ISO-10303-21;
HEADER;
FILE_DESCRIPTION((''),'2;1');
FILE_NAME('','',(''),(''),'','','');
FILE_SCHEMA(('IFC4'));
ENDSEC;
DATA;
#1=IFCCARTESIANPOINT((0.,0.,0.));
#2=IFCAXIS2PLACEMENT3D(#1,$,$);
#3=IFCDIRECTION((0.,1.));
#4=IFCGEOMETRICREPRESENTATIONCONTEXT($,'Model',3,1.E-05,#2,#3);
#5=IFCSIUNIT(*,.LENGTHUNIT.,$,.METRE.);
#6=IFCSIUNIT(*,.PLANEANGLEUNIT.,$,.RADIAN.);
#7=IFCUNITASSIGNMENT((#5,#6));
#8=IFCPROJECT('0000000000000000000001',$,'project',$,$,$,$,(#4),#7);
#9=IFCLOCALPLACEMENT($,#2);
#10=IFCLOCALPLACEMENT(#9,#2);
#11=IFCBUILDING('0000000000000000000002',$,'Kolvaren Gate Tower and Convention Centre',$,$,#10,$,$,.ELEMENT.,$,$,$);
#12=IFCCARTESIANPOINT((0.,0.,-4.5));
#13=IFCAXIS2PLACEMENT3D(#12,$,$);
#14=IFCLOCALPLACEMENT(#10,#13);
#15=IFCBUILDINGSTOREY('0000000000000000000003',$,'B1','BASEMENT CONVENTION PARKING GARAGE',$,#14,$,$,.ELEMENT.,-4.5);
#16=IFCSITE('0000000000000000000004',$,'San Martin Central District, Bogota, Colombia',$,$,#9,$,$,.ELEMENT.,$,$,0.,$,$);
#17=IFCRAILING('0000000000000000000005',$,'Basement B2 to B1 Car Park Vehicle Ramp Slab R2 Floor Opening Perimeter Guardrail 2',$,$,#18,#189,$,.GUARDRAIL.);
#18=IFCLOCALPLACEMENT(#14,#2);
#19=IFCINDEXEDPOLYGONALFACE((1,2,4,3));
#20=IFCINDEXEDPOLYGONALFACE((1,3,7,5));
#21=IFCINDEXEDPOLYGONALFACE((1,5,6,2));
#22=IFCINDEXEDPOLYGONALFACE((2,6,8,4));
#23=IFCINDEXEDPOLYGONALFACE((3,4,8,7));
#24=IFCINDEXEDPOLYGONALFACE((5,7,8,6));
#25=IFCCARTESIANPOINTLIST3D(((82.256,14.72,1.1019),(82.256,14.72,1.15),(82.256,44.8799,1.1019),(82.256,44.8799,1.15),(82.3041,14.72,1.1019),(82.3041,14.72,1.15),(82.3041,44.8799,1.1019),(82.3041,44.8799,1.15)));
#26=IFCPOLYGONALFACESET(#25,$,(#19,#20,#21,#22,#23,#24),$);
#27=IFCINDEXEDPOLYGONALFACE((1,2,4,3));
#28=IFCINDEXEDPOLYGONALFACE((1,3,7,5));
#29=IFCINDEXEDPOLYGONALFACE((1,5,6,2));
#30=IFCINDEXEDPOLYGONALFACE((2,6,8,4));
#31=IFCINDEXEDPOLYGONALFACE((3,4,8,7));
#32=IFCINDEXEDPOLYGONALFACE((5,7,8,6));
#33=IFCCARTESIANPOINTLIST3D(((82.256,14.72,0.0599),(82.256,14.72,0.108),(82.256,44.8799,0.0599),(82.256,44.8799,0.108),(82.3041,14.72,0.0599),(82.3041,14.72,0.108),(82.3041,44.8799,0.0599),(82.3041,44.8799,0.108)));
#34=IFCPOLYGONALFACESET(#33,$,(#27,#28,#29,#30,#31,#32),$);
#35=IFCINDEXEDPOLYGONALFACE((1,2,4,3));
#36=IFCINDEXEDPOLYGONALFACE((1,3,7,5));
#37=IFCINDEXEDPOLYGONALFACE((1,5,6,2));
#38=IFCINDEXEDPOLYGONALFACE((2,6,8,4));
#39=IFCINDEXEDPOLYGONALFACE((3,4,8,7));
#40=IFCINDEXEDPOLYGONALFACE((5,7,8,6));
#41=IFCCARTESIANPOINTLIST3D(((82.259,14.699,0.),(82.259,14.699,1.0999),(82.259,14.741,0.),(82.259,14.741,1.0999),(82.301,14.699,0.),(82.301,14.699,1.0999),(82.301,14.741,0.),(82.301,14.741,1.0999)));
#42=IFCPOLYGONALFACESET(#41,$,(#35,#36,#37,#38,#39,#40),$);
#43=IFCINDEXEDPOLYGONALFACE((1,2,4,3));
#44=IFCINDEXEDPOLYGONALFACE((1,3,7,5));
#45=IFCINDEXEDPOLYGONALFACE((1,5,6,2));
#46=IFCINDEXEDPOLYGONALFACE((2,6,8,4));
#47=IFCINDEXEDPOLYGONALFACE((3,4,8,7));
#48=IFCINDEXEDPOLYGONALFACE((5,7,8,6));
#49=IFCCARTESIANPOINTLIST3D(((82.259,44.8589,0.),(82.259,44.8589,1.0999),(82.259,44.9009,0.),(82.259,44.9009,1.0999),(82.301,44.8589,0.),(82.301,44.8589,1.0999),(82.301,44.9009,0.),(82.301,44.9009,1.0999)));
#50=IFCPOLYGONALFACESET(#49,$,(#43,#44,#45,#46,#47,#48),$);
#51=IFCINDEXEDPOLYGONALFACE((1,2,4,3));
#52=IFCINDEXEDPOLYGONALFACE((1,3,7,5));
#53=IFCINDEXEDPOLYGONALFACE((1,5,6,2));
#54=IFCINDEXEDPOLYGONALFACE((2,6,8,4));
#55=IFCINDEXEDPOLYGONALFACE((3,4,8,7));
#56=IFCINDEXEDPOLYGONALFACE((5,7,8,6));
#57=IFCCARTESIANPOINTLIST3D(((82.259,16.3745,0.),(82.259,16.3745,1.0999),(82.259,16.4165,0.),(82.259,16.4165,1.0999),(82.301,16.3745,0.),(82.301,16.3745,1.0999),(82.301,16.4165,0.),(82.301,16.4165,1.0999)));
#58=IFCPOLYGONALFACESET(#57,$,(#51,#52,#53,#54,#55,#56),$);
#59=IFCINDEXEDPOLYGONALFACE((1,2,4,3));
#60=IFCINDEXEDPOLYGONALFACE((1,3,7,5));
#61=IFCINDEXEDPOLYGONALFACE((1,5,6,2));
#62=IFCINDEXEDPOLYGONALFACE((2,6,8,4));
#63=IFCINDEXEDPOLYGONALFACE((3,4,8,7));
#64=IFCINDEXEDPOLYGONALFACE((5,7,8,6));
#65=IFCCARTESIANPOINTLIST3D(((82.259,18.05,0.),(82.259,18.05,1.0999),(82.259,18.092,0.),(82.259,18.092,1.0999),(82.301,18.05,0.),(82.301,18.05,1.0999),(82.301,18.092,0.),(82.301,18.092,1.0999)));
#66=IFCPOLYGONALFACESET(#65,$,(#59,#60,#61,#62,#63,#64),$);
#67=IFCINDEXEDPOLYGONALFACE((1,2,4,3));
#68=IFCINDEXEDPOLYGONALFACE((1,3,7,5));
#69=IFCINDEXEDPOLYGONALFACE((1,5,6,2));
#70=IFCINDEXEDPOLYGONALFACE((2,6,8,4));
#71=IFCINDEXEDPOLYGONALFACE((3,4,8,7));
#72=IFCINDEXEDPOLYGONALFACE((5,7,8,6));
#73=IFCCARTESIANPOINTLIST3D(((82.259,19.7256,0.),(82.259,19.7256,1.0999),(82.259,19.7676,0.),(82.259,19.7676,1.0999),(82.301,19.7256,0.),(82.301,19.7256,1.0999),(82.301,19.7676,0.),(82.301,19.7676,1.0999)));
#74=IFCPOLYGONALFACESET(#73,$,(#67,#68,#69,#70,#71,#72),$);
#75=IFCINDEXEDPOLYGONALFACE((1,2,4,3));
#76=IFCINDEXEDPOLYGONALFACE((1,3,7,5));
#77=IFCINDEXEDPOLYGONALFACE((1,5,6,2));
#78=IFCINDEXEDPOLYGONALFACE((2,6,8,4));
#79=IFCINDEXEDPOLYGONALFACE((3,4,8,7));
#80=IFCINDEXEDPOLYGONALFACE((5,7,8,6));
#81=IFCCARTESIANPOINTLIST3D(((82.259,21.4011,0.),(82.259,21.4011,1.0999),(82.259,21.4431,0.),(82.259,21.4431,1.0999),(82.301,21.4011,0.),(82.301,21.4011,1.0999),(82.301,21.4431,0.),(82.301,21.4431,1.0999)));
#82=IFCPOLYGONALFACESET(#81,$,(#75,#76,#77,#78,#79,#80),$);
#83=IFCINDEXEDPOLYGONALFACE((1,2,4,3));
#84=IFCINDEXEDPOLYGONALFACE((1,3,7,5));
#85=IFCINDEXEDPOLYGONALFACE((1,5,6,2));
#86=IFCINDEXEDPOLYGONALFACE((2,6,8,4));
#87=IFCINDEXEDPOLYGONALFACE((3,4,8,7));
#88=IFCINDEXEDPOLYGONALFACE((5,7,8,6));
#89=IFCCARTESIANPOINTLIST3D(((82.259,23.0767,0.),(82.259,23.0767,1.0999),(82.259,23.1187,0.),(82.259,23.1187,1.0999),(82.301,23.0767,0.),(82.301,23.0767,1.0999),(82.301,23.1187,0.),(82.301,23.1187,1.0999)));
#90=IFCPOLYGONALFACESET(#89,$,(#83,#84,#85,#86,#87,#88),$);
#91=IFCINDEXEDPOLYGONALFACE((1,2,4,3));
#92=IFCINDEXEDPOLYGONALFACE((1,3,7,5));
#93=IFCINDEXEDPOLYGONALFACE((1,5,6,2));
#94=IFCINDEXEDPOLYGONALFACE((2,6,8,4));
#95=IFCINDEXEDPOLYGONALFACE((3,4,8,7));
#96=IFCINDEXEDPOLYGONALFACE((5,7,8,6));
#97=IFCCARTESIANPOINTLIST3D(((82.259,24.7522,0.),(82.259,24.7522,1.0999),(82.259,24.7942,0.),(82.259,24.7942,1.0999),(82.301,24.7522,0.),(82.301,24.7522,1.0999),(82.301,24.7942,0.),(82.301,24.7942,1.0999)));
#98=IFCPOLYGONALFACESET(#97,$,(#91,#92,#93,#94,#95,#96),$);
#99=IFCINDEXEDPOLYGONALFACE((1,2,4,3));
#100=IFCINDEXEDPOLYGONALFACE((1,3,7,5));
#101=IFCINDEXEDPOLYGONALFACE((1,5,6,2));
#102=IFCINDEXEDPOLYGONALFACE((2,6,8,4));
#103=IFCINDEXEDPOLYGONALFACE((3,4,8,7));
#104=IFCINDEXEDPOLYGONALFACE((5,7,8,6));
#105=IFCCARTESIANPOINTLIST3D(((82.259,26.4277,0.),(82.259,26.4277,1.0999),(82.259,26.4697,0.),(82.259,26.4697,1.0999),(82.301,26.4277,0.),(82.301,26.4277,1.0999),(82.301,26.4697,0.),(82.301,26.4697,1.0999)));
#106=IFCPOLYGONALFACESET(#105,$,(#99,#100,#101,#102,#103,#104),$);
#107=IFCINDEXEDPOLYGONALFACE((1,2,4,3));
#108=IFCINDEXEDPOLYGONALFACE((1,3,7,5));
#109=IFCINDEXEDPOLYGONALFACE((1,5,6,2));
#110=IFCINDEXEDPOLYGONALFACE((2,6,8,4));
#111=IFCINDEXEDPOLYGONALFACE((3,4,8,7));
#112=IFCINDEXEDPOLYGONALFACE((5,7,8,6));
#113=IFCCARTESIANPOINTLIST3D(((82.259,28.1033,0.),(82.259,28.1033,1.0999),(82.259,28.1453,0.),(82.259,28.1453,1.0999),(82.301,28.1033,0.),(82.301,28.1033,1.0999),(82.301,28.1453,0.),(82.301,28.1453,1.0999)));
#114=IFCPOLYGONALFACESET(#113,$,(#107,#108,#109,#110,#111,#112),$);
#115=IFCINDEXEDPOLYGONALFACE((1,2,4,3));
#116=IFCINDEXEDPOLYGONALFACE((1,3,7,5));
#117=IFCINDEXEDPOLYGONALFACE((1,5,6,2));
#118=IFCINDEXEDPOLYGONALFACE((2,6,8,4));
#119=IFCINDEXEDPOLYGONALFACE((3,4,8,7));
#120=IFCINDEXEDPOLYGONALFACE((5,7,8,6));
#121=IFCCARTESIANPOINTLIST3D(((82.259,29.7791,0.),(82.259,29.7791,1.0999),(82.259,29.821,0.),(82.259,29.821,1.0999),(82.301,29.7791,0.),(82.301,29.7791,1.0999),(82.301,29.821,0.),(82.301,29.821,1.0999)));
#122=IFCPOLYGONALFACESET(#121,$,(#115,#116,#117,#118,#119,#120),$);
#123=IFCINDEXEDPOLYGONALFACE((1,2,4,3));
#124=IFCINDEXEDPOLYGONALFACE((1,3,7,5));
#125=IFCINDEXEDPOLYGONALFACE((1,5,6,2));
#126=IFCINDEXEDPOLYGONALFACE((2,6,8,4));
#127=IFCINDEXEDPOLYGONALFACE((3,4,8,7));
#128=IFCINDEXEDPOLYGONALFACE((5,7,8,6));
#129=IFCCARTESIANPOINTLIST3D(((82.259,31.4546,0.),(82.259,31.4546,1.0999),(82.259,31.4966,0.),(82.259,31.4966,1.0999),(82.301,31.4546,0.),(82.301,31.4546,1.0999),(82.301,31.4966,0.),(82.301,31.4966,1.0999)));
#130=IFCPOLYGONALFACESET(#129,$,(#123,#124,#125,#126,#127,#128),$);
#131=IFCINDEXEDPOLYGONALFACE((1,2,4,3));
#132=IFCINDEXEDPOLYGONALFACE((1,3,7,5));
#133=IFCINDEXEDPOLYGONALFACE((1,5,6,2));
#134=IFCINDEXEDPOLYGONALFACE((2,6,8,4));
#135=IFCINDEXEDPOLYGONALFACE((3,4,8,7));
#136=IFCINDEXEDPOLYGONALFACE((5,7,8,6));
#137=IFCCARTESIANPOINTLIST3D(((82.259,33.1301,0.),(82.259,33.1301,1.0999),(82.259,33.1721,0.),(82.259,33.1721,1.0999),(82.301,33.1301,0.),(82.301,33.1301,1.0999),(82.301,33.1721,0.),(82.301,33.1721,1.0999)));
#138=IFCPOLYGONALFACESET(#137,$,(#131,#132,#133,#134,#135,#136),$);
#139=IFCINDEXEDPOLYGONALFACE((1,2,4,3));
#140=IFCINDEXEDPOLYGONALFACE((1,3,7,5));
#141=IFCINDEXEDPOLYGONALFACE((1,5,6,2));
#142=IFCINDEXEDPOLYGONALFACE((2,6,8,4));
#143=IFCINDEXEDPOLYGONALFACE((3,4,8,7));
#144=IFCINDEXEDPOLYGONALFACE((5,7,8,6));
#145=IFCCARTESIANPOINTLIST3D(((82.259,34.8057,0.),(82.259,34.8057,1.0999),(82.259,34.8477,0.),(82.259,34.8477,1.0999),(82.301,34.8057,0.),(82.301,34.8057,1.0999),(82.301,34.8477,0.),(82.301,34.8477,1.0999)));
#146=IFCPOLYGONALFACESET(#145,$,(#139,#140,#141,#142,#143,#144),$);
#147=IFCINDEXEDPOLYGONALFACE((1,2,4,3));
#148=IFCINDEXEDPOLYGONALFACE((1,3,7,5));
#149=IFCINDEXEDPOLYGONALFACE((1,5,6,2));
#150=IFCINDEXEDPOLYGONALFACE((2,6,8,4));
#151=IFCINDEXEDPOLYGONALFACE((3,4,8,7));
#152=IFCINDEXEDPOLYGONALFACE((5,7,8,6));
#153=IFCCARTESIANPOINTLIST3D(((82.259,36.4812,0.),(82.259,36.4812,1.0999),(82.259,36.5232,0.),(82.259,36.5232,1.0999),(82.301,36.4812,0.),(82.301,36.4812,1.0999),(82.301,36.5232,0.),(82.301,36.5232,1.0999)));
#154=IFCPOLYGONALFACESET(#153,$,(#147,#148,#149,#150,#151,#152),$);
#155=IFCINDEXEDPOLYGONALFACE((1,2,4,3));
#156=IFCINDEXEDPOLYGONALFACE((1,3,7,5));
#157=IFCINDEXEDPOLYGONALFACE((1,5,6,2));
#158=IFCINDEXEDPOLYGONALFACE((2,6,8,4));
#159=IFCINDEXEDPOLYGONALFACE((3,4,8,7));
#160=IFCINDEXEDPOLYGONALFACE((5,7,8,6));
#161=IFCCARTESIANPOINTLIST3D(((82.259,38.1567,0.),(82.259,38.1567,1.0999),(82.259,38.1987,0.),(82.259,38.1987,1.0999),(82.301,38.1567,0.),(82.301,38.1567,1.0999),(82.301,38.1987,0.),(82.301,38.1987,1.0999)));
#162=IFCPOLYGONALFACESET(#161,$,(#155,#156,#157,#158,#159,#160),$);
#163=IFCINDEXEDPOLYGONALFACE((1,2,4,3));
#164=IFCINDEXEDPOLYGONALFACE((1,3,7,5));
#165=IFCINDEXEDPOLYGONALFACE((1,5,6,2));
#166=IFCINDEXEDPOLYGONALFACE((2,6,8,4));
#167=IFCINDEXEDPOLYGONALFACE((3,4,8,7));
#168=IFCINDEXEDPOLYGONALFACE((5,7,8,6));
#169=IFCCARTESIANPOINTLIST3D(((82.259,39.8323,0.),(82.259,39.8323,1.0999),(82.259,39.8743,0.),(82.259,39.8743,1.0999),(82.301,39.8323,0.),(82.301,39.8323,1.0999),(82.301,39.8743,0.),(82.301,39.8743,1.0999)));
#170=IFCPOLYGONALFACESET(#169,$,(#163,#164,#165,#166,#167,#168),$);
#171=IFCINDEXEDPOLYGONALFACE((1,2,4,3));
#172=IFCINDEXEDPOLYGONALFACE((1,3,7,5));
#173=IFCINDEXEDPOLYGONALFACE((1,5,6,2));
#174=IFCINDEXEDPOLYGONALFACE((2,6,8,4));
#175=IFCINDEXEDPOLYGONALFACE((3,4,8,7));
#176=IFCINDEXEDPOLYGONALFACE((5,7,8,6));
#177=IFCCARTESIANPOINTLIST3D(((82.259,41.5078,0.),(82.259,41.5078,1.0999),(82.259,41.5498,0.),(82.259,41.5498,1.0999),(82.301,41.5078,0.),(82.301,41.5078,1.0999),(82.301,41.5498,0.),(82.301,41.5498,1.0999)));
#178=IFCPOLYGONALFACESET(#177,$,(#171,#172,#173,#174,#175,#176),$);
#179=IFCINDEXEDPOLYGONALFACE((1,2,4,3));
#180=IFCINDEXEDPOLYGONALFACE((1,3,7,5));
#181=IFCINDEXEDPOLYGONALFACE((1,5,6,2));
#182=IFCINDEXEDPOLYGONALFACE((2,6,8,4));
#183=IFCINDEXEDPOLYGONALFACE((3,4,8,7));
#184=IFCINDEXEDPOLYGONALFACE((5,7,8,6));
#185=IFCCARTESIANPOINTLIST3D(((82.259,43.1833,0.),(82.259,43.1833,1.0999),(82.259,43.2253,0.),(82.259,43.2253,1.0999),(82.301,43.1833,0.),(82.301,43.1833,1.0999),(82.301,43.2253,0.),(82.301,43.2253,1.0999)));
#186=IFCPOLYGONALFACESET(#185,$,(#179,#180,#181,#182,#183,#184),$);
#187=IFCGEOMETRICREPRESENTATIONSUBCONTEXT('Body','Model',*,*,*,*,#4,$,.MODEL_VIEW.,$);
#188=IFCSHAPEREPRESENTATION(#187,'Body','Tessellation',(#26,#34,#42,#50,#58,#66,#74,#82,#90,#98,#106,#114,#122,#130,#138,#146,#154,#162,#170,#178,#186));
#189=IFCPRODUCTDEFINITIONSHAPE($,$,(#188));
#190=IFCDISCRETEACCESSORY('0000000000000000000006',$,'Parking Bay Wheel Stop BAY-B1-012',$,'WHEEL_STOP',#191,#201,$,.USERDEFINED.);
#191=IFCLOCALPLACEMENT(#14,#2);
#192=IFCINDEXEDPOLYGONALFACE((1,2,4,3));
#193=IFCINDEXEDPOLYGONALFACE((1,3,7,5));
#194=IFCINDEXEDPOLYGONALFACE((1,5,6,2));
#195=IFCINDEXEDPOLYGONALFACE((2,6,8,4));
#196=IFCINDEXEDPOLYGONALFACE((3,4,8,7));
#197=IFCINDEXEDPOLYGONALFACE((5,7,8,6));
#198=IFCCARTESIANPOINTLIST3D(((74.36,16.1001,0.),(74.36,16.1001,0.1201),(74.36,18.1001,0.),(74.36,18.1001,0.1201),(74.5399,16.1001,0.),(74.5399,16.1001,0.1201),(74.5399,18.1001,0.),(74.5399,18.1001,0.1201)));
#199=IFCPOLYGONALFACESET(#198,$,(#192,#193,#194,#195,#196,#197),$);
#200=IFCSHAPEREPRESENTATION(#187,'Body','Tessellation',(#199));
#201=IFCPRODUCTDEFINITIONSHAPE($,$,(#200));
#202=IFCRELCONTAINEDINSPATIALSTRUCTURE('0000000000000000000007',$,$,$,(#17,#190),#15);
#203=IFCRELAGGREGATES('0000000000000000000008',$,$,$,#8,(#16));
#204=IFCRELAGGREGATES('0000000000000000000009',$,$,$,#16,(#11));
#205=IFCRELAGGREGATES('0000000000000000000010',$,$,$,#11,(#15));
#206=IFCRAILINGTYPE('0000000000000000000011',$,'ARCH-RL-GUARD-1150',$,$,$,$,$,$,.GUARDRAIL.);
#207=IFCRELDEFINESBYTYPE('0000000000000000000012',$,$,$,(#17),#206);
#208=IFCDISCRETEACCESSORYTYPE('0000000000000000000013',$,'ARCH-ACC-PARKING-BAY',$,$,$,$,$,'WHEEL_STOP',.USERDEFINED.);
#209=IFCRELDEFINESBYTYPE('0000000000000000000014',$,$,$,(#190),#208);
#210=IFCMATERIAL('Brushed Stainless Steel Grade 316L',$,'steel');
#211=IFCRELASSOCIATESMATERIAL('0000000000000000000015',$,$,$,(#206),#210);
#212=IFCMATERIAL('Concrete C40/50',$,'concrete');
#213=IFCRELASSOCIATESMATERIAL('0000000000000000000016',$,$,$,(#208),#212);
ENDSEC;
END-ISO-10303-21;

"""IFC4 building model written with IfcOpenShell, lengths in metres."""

from ifc_helpers import new_model, si_unit, direction, frame, origin, origin_2d, place, context, subcontext, project, spatial, rectangle, extrude, material, type_object, element, save


model = new_model("IFC4")

# Units and contexts
model_context = context("Model", 3, precision=1e-05, world=origin(), true_north=direction((0.0, 1.0)))
body_context = subcontext(model_context, "Body", "Model", "MODEL_VIEW")
ifc_project = project(units=[si_unit("LENGTHUNIT", "METRE"), si_unit("PLANEANGLEUNIT", "RADIAN")], contexts=[model_context])

# Site, building, storey
site_placement = place(None, origin())
site = spatial("IfcSite", under=ifc_project, at=site_placement, Name="San Martin Central District, Bogota, Colombia", CompositionType="ELEMENT", RefElevation=0.0)
building_placement = place(site_placement, origin())
building = spatial("IfcBuilding", under=site, at=building_placement, Name="Kolvaren Gate Tower and Convention Centre", CompositionType="ELEMENT")
storey_placement = place(building_placement, frame((0.0, 0.0, -4.5)))
storey = spatial("IfcBuildingStorey", under=building, at=storey_placement, Name="B1", Description="BASEMENT CONVENTION PARKING GARAGE", CompositionType="ELEMENT", Elevation=-4.5)

# Railing
ifc_material_1 = material(Name="Brushed Stainless Steel Grade 316L", Category="steel")
railing_type = type_object("IfcRailingType", Name="ARCH-RL-GUARD-1150", PredefinedType="GUARDRAIL", material=ifc_material_1)
railing_1_placement = place(storey_placement, frame((82.28, 14.72, 0.0)))
element("IfcRailing", 1, at=railing_1_placement, inside=storey, type_object=railing_type, Name="Basement B2 to B1 Car Park Vehicle Ramp Slab R2 Floor Opening Perimeter Guardrail 2", PredefinedType="GUARDRAIL", context=body_context, shape_type="SweptSolid", body=[
    extrude(rectangle(XDim=0.0481, YDim=0.0481, at=origin_2d()), frame((0.0, 0.0, 1.126), z_axis=(0.0, 1.0, 0.0), x_axis=(-1.0, 0.0, 0.0)), (0.0, 0.0, 1.0), 30.1599),
    extrude(rectangle(XDim=0.0481, YDim=0.0481, at=origin_2d()), frame((0.0, 0.0, 0.084), z_axis=(0.0, 1.0, 0.0), x_axis=(-1.0, 0.0, 0.0)), (0.0, 0.0, 1.0), 30.1599),
    extrude(rectangle(XDim=0.042, YDim=0.042, at=origin_2d()), origin(), (0.0, 0.0, 1.0), 1.0999),
    extrude(rectangle(XDim=0.042, YDim=0.042, at=origin_2d()), frame((0.0, 30.1599, 0.0)), (0.0, 0.0, 1.0), 1.0999),
    extrude(rectangle(XDim=0.042, YDim=0.042, at=origin_2d()), frame((0.0, 1.6755, 0.0)), (0.0, 0.0, 1.0), 1.0999),
    extrude(rectangle(XDim=0.042, YDim=0.042, at=origin_2d()), frame((0.0, 3.3511, 0.0)), (0.0, 0.0, 1.0), 1.0999),
    extrude(rectangle(XDim=0.042, YDim=0.042, at=origin_2d()), frame((0.0, 5.0266, 0.0)), (0.0, 0.0, 1.0), 1.0999),
    extrude(rectangle(XDim=0.042, YDim=0.042, at=origin_2d()), frame((0.0, 6.7021, 0.0)), (0.0, 0.0, 1.0), 1.0999),
    extrude(rectangle(XDim=0.042, YDim=0.042, at=origin_2d()), frame((0.0, 8.3777, 0.0)), (0.0, 0.0, 1.0), 1.0999),
    extrude(rectangle(XDim=0.042, YDim=0.042, at=origin_2d()), frame((0.0, 10.0532, 0.0)), (0.0, 0.0, 1.0), 1.0999),
    extrude(rectangle(XDim=0.042, YDim=0.042, at=origin_2d()), frame((0.0, 11.7288, 0.0)), (0.0, 0.0, 1.0), 1.0999),
    extrude(rectangle(XDim=0.042, YDim=0.042, at=origin_2d()), frame((0.0, 13.4043, 0.0)), (0.0, 0.0, 1.0), 1.0999),
    extrude(rectangle(XDim=0.042, YDim=0.042, at=origin_2d()), frame((0.0, 15.0801, 0.0)), (0.0, 0.0, 1.0), 1.0999),
    extrude(rectangle(XDim=0.042, YDim=0.042, at=origin_2d()), frame((0.0, 16.7556, 0.0)), (0.0, 0.0, 1.0), 1.0999),
    extrude(rectangle(XDim=0.042, YDim=0.042, at=origin_2d()), frame((0.0, 18.4312, 0.0)), (0.0, 0.0, 1.0), 1.0999),
    extrude(rectangle(XDim=0.042, YDim=0.042, at=origin_2d()), frame((0.0, 20.1067, 0.0)), (0.0, 0.0, 1.0), 1.0999),
    extrude(rectangle(XDim=0.042, YDim=0.042, at=origin_2d()), frame((0.0, 21.7822, 0.0)), (0.0, 0.0, 1.0), 1.0999),
    extrude(rectangle(XDim=0.042, YDim=0.042, at=origin_2d()), frame((0.0, 23.4578, 0.0)), (0.0, 0.0, 1.0), 1.0999),
    extrude(rectangle(XDim=0.042, YDim=0.042, at=origin_2d()), frame((0.0, 25.1333, 0.0)), (0.0, 0.0, 1.0), 1.0999),
    extrude(rectangle(XDim=0.042, YDim=0.042, at=origin_2d()), frame((0.0, 26.8088, 0.0)), (0.0, 0.0, 1.0), 1.0999),
    extrude(rectangle(XDim=0.042, YDim=0.042, at=origin_2d()), frame((0.0, 28.4844, 0.0)), (0.0, 0.0, 1.0), 1.0999),
])

# Discrete accessory
ifc_material_2 = material(Name="Concrete C40/50", Category="concrete")
discrete_accessory_type = type_object("IfcDiscreteAccessoryType", Name="ARCH-ACC-PARKING-BAY", ElementType="WHEEL_STOP", PredefinedType="USERDEFINED", material=ifc_material_2)
discrete_accessory_placement = place(storey_placement, frame((74.45, 17.1001, 0.0), z_axis=(0.0, 0.0, 1.0), x_axis=(0.0, 1.0, 0.0)))
element("IfcDiscreteAccessory", 2, at=discrete_accessory_placement, inside=storey, type_object=discrete_accessory_type, Name="Parking Bay Wheel Stop BAY-B1-012", ObjectType="WHEEL_STOP", PredefinedType="USERDEFINED", context=body_context, shape_type="SweptSolid", body=[
    extrude(rectangle(XDim=2.0, YDim=0.1799, at=origin_2d()), origin(), (0.0, 0.0, 1.0), 0.1201),
])

save(model, "model.ifc")
